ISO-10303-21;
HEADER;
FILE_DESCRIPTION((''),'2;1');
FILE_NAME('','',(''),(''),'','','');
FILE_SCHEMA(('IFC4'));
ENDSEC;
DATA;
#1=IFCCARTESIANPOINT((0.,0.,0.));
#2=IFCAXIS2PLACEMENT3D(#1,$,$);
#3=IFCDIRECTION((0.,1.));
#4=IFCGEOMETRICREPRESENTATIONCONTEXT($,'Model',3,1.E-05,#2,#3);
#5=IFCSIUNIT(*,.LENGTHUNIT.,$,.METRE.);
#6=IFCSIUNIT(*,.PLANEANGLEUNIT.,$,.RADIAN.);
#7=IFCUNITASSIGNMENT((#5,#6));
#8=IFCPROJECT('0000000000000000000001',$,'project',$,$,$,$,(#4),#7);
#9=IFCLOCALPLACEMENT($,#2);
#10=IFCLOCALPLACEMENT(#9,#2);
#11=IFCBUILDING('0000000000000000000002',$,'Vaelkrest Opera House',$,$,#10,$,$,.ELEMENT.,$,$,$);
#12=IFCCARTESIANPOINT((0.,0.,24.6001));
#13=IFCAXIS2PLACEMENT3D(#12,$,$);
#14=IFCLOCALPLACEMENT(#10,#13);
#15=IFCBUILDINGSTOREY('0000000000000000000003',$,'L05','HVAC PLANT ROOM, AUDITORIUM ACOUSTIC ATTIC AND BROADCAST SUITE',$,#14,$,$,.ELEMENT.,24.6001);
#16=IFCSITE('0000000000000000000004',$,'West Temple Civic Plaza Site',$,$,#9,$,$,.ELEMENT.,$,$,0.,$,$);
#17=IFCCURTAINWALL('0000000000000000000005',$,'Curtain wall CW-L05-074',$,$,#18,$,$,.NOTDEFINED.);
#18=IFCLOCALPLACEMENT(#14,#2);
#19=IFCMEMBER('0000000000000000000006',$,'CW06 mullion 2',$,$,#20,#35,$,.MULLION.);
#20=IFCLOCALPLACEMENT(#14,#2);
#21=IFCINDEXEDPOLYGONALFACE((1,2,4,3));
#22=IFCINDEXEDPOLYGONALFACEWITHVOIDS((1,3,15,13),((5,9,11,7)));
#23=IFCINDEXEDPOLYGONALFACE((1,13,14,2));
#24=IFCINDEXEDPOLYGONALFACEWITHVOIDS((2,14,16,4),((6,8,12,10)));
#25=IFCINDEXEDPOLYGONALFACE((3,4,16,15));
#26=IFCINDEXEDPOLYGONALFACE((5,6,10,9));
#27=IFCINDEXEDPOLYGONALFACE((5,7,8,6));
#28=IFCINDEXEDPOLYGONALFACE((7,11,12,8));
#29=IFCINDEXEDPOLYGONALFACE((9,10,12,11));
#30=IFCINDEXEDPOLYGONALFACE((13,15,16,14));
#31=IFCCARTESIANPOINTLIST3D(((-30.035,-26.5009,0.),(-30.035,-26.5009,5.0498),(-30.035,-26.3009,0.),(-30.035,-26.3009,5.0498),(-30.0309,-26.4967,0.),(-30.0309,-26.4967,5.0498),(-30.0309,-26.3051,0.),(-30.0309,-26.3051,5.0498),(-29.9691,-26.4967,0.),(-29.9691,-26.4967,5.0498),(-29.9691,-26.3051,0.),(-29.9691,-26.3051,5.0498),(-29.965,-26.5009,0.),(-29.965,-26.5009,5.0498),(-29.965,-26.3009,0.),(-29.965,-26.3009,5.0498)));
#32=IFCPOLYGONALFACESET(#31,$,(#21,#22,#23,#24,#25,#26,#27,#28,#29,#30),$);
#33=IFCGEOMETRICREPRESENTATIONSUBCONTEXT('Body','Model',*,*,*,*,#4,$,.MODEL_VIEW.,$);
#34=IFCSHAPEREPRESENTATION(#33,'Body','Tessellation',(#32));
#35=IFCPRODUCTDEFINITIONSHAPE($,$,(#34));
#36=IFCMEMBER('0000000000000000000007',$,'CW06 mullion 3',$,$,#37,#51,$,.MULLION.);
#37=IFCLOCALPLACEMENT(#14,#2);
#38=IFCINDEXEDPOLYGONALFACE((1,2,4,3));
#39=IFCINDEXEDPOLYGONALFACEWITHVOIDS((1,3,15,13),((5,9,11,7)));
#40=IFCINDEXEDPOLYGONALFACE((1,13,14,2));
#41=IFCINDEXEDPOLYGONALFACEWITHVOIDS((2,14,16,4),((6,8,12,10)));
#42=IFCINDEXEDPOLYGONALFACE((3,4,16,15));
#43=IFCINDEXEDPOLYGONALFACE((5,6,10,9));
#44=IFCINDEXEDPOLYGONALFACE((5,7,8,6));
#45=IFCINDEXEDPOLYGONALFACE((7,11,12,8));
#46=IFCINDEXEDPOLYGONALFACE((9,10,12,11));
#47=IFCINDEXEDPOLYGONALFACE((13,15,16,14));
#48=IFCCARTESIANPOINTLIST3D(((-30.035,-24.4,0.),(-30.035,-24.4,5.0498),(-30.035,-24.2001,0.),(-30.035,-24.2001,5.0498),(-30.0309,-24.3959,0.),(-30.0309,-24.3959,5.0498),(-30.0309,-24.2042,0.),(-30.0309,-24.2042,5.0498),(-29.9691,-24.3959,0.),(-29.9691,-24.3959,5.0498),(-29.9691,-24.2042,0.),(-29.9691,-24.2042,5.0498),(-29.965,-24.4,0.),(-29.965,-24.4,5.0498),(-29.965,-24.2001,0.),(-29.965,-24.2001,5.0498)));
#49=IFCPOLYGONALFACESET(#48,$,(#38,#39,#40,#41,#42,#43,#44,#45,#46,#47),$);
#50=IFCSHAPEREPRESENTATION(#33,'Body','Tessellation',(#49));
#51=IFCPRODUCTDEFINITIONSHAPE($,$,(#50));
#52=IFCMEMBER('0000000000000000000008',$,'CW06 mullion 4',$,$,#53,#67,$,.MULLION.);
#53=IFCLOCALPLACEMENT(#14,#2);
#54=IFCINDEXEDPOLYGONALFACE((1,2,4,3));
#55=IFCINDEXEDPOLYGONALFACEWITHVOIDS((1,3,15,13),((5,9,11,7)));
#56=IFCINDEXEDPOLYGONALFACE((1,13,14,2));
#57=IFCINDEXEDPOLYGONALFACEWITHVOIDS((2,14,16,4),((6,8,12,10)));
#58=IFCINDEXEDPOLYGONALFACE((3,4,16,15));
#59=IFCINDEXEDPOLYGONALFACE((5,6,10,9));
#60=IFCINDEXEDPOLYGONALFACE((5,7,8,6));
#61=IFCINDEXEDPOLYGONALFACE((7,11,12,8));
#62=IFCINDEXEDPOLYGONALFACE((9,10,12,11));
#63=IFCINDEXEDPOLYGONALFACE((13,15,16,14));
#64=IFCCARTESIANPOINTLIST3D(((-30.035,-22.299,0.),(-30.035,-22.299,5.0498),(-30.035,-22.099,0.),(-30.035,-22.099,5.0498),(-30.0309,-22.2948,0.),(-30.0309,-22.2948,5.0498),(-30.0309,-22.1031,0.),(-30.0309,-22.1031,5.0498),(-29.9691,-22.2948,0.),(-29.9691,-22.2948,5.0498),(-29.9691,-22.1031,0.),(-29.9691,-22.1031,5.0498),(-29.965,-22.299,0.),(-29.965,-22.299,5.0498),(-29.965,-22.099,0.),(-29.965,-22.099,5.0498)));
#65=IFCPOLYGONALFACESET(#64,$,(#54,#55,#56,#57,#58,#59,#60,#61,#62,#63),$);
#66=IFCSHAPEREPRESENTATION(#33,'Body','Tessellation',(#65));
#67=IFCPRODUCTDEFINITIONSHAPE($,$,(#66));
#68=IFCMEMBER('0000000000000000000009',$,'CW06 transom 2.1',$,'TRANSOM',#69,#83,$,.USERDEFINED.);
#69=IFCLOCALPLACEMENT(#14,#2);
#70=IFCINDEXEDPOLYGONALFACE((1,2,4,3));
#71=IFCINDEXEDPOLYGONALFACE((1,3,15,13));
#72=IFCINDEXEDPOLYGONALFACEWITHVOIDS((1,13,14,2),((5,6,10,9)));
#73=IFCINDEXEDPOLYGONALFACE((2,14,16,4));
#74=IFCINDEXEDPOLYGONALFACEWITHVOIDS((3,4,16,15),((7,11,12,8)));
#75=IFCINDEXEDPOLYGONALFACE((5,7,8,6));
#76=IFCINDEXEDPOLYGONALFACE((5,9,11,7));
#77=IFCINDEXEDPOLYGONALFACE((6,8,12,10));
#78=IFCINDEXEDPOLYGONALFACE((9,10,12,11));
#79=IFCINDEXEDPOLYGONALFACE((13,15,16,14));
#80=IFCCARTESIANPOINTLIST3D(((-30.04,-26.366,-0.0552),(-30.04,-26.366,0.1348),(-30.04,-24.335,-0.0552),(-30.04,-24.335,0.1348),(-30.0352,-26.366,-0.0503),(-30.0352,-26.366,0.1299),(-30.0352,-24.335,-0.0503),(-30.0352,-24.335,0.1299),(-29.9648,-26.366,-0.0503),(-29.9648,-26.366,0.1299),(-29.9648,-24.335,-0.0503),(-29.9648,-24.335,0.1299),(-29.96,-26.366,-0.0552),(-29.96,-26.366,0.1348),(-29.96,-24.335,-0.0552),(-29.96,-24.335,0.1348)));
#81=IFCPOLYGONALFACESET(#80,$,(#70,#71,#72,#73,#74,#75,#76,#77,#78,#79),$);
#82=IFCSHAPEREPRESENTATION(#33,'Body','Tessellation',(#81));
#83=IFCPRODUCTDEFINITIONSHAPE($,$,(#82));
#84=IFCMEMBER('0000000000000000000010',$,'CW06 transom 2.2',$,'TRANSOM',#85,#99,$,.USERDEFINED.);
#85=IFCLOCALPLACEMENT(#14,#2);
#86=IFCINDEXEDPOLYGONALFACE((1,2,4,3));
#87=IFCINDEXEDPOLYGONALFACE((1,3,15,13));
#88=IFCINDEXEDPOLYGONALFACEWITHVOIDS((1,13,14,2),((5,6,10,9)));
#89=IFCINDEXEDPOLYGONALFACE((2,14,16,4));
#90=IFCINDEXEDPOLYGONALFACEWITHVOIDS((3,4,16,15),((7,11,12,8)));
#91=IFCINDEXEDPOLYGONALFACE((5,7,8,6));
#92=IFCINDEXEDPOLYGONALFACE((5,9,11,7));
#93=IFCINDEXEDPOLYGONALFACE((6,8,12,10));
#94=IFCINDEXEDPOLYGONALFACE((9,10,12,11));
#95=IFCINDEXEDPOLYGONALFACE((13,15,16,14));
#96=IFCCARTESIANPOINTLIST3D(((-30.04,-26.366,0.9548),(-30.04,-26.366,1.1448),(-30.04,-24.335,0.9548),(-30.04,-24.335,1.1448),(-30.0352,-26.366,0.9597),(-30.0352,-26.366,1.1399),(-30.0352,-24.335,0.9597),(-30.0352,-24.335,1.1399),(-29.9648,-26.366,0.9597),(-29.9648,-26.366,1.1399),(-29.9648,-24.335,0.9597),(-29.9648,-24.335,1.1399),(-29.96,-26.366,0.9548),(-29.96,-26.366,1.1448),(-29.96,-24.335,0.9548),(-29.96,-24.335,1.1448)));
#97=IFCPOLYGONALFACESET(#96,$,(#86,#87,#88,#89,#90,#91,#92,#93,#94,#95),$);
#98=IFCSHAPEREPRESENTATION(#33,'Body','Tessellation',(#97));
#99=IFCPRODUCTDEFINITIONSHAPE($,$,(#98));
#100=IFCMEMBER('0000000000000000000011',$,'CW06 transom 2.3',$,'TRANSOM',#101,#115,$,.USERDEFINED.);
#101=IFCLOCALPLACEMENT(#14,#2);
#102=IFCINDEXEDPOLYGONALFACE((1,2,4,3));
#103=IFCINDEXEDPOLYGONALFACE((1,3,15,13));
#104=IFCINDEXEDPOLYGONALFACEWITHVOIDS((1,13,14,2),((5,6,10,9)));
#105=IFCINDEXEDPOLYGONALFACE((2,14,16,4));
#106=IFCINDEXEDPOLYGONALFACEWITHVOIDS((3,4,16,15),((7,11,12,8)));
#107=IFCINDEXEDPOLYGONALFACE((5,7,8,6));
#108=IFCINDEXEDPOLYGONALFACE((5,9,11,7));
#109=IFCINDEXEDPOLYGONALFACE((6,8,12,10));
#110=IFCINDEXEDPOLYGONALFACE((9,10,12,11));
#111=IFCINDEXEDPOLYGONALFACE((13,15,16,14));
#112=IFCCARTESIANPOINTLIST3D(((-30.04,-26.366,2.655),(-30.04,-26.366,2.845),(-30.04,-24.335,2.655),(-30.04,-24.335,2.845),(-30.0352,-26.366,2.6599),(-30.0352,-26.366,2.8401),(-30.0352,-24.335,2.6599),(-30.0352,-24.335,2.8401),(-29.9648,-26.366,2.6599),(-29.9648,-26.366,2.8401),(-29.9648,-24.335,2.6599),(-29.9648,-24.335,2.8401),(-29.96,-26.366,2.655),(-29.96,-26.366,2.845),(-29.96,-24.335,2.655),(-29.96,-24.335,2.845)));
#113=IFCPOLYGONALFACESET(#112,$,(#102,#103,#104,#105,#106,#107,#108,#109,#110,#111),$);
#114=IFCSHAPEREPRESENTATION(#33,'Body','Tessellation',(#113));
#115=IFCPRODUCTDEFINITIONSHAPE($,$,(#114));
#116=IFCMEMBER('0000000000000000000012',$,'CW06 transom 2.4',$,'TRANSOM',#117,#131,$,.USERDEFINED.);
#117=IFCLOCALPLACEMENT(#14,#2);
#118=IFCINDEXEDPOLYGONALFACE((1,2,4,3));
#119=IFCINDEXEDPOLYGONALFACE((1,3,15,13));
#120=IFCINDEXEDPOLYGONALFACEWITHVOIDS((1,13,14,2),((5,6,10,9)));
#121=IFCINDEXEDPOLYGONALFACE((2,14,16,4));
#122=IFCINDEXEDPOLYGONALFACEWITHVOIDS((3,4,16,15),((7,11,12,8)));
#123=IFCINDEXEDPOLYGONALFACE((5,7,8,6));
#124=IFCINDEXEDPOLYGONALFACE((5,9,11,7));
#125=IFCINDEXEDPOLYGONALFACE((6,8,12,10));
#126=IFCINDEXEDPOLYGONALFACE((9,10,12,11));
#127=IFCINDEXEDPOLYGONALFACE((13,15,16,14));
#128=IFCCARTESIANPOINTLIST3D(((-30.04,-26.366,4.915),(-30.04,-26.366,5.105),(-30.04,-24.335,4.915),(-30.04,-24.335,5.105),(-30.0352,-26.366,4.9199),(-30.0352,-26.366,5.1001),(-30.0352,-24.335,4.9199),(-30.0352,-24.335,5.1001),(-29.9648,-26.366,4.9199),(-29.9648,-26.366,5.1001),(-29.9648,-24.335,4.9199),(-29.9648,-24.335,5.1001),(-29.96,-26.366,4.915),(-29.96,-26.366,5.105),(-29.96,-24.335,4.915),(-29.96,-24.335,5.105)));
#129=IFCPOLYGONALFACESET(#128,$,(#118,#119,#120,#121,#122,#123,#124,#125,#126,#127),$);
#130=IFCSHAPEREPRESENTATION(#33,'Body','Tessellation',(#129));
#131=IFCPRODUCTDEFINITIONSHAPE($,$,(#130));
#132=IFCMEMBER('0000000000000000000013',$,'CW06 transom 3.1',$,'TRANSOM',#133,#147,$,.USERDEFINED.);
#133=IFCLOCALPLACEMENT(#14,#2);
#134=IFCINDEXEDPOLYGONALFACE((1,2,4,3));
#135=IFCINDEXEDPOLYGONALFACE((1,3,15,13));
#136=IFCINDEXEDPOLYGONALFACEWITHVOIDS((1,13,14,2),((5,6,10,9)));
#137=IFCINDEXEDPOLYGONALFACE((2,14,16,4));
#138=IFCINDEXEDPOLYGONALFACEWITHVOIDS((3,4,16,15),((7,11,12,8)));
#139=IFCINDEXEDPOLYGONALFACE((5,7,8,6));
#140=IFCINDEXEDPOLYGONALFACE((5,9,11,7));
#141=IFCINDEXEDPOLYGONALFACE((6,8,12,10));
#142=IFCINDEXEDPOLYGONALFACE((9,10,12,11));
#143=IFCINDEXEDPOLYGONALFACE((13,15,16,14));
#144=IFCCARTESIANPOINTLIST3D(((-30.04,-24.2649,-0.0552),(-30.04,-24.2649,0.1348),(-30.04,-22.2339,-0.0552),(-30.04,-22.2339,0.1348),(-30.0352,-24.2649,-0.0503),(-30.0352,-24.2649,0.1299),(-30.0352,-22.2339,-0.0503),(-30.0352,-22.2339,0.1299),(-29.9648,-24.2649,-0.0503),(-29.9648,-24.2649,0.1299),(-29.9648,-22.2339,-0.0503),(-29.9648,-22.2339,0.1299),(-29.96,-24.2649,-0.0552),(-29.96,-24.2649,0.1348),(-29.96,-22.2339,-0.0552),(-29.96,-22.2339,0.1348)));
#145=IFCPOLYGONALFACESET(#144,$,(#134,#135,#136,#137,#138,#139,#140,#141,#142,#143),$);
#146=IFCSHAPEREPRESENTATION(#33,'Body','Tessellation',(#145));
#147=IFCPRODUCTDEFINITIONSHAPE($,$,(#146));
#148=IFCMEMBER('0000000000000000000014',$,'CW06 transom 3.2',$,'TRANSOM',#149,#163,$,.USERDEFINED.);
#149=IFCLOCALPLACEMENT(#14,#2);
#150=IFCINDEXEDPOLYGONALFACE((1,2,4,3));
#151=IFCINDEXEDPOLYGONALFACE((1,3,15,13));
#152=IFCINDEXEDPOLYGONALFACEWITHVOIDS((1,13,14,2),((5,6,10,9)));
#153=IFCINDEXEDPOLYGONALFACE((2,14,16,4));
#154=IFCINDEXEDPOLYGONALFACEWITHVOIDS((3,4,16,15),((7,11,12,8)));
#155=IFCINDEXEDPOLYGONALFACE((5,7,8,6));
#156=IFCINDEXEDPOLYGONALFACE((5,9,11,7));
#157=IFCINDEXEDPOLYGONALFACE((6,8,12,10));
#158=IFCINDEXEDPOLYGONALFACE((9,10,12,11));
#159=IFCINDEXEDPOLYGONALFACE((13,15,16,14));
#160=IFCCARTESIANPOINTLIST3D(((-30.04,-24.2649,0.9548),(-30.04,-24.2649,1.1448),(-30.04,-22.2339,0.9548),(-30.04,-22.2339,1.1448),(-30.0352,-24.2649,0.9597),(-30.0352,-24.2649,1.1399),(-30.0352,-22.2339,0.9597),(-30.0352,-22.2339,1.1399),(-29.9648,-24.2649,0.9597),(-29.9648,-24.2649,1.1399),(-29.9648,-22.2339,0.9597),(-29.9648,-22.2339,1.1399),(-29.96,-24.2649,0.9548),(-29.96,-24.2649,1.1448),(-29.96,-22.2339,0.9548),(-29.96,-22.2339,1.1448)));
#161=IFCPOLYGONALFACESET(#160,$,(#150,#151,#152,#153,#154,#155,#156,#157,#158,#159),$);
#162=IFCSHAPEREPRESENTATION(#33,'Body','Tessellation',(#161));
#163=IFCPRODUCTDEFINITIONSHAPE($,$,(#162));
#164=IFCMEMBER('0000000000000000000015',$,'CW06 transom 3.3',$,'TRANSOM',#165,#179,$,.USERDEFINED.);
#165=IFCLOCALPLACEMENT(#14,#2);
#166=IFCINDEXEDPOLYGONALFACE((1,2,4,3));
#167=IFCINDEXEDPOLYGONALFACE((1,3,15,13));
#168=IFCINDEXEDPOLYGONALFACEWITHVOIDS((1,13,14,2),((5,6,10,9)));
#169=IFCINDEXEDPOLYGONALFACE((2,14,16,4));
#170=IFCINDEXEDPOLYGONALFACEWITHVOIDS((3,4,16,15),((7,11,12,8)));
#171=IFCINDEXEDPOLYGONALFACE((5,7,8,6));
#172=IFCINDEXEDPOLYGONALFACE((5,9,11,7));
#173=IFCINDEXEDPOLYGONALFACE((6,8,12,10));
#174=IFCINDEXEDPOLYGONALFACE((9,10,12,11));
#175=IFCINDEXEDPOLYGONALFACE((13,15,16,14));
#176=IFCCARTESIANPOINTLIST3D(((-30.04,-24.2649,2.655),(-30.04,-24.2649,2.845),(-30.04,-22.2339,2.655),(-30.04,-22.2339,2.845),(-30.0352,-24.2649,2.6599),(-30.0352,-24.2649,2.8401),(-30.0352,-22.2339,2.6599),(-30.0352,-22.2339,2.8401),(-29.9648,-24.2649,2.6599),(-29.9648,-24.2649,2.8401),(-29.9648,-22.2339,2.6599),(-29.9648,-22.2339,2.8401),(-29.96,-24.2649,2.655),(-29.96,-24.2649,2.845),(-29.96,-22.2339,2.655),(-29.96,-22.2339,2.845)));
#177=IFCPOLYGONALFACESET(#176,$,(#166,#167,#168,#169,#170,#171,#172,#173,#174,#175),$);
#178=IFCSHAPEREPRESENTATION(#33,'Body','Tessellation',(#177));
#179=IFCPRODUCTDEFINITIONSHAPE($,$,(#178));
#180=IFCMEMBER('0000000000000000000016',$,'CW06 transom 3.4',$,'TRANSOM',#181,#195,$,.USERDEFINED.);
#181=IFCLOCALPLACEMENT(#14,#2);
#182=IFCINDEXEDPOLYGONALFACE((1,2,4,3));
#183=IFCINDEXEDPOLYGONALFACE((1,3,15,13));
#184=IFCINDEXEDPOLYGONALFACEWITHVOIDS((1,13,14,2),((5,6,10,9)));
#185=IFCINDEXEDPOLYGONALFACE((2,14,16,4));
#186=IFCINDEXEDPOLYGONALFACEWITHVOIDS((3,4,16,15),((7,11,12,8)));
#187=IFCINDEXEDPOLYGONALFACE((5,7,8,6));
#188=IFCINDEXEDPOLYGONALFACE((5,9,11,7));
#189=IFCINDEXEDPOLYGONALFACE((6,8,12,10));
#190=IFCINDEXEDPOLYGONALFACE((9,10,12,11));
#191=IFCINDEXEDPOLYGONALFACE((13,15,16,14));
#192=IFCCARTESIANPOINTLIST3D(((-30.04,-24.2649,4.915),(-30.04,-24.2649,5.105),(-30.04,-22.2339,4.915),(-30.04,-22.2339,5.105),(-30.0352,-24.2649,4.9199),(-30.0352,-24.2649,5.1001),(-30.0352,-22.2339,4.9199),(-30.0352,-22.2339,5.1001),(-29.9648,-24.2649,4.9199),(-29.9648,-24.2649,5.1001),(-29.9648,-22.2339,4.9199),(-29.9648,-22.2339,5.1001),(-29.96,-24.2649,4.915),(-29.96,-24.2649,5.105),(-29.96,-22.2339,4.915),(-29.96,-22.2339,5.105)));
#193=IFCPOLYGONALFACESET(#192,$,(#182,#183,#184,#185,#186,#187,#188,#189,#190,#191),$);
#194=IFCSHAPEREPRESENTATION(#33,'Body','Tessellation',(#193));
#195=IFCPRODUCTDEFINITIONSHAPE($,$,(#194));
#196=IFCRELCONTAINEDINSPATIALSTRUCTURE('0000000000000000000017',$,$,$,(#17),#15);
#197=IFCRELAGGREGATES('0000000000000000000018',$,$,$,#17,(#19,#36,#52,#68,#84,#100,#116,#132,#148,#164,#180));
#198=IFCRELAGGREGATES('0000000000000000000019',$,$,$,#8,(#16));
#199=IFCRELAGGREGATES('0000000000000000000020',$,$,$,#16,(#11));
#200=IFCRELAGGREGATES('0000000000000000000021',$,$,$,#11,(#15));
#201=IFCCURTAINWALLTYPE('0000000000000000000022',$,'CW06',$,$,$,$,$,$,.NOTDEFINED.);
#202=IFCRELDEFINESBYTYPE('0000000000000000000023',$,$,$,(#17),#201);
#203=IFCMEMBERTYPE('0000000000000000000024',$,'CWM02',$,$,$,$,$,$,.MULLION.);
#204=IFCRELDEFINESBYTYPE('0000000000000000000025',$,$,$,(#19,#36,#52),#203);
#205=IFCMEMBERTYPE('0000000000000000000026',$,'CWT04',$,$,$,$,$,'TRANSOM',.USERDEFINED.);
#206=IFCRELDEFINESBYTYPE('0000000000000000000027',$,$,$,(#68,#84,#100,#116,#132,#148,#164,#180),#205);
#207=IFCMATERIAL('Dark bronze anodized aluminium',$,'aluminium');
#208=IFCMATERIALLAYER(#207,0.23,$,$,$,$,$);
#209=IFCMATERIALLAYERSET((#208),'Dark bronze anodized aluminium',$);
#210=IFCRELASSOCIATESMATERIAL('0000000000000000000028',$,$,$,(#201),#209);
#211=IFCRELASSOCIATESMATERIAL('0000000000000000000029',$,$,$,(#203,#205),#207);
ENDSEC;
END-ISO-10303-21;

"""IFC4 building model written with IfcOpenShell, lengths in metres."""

from ifc_helpers import new_model, si_unit, direction, frame, origin, origin_2d, place, context, subcontext, project, spatial, hollow_rectangle, extrude, material, layer, layer_set, material_profile, profile_set, type_object, element, aggregate, save


model = new_model("IFC4")

# Units and contexts
model_context = context("Model", 3, precision=1e-05, world=origin(), true_north=direction((0.0, 1.0)))
body_context = subcontext(model_context, "Body", "Model", "MODEL_VIEW")
ifc_project = project(units=[si_unit("LENGTHUNIT", "METRE"), si_unit("PLANEANGLEUNIT", "RADIAN")], contexts=[model_context])

# Site, building, storey
site_placement = place(None, origin())
site = spatial("IfcSite", under=ifc_project, at=site_placement, Name="West Temple Civic Plaza Site", CompositionType="ELEMENT", RefElevation=0.0)
building_placement = place(site_placement, origin())
building = spatial("IfcBuilding", under=site, at=building_placement, Name="Vaelkrest Opera House", CompositionType="ELEMENT")
storey_placement = place(building_placement, frame((0.0, 0.0, 24.6001)))
storey = spatial("IfcBuildingStorey", under=building, at=storey_placement, Name="L05", Description="HVAC PLANT ROOM, AUDITORIUM ACOUSTIC ATTIC AND BROADCAST SUITE", CompositionType="ELEMENT", Elevation=24.6001)

# Curtain wall, members
ifc_material_1 = material(Name="Dark bronze anodized aluminium", Category="aluminium")
ifc_layer_1 = layer(ifc_material_1, 0.23)
ifc_layer_set_1 = layer_set([ifc_layer_1], Name="Dark bronze anodized aluminium")
curtain_wall_type = type_object("IfcCurtainWallType", Name="CW06", PredefinedType="NOTDEFINED", material=ifc_layer_set_1)
curtain_wall_placement = place(storey_placement, origin())
curtain_wall = element("IfcCurtainWall", 1, at=curtain_wall_placement, inside=storey, type_object=curtain_wall_type, Name="Curtain wall CW-L05-074", PredefinedType="NOTDEFINED")
ifc_material_profile_1 = material_profile(ifc_material_1, hollow_rectangle(XDim=0.0701, YDim=0.2, WallThickness=0.0042, at=origin_2d()), Name="CWM70X200")
ifc_profile_set_1 = profile_set([ifc_material_profile_1], Name="Dark bronze anodized aluminium")
member_type_1 = type_object("IfcMemberType", Name="CWM02", PredefinedType="MULLION", material=ifc_profile_set_1)
member_1_placement = place(storey_placement, frame((-30.0, -26.4009, 0.0), z_axis=(0.0, 0.0, 1.0), x_axis=(-1.0, 0.0, 0.0)))
member_1 = element("IfcMember", 2, at=member_1_placement, type_object=member_type_1, Name="CW06 mullion 2", PredefinedType="MULLION", context=body_context, shape_type="SweptSolid", body=[
    extrude(hollow_rectangle(XDim=0.0701, YDim=0.2, WallThickness=0.0042, at=origin_2d()), origin(), (0.0, 0.0, 1.0), 5.0498),
])
member_2_placement = place(storey_placement, frame((-30.0, -24.3, 0.0), z_axis=(0.0, 0.0, 1.0), x_axis=(-1.0, 0.0, 0.0)))
member_2 = element("IfcMember", 3, at=member_2_placement, type_object=member_type_1, Name="CW06 mullion 3", PredefinedType="MULLION", context=body_context, shape_type="SweptSolid", body=[
    extrude(hollow_rectangle(XDim=0.0701, YDim=0.2, WallThickness=0.0042, at=origin_2d()), origin(), (0.0, 0.0, 1.0), 5.0498),
])
member_3_placement = place(storey_placement, frame((-30.0, -22.199, 0.0), z_axis=(0.0, 0.0, 1.0), x_axis=(-1.0, 0.0, 0.0)))
member_3 = element("IfcMember", 4, at=member_3_placement, type_object=member_type_1, Name="CW06 mullion 4", PredefinedType="MULLION", context=body_context, shape_type="SweptSolid", body=[
    extrude(hollow_rectangle(XDim=0.0701, YDim=0.2, WallThickness=0.0042, at=origin_2d()), origin(), (0.0, 0.0, 1.0), 5.0498),
])
ifc_material_profile_2 = material_profile(ifc_material_1, hollow_rectangle(XDim=0.0801, YDim=0.1899, WallThickness=0.0049, at=origin_2d()), Name="CWT80X190")
ifc_profile_set_2 = profile_set([ifc_material_profile_2], Name="Dark bronze anodized aluminium")
member_type_2 = type_object("IfcMemberType", Name="CWT04", ElementType="TRANSOM", PredefinedType="USERDEFINED", material=ifc_profile_set_2)
member_4_placement = place(storey_placement, frame((-30.0, -26.366, 0.0398), z_axis=(0.0, 1.0, 0.0), x_axis=(-1.0, 0.0, 0.0)))
member_4 = element("IfcMember", 5, at=member_4_placement, type_object=member_type_2, Name="CW06 transom 2.1", ObjectType="TRANSOM", PredefinedType="USERDEFINED", context=body_context, shape_type="SweptSolid", body=[
    extrude(hollow_rectangle(XDim=0.0801, YDim=0.1899, WallThickness=0.0049, at=origin_2d()), origin(), (0.0, 0.0, 1.0), 2.031),
])
member_5_placement = place(storey_placement, frame((-30.0, -26.366, 1.0498), z_axis=(0.0, 1.0, 0.0), x_axis=(-1.0, 0.0, 0.0)))
member_5 = element("IfcMember", 6, at=member_5_placement, type_object=member_type_2, Name="CW06 transom 2.2", ObjectType="TRANSOM", PredefinedType="USERDEFINED", context=body_context, shape_type="SweptSolid", body=[
    extrude(hollow_rectangle(XDim=0.0801, YDim=0.1899, WallThickness=0.0049, at=origin_2d()), origin(), (0.0, 0.0, 1.0), 2.031),
])
member_6_placement = place(storey_placement, frame((-30.0, -26.366, 2.75), z_axis=(0.0, 1.0, 0.0), x_axis=(-1.0, 0.0, 0.0)))
member_6 = element("IfcMember", 7, at=member_6_placement, type_object=member_type_2, Name="CW06 transom 2.3", ObjectType="TRANSOM", PredefinedType="USERDEFINED", context=body_context, shape_type="SweptSolid", body=[
    extrude(hollow_rectangle(XDim=0.0801, YDim=0.1899, WallThickness=0.0049, at=origin_2d()), origin(), (0.0, 0.0, 1.0), 2.031),
])
member_7_placement = place(storey_placement, frame((-30.0, -26.366, 5.01), z_axis=(0.0, 1.0, 0.0), x_axis=(-1.0, 0.0, 0.0)))
member_7 = element("IfcMember", 8, at=member_7_placement, type_object=member_type_2, Name="CW06 transom 2.4", ObjectType="TRANSOM", PredefinedType="USERDEFINED", context=body_context, shape_type="SweptSolid", body=[
    extrude(hollow_rectangle(XDim=0.0801, YDim=0.1899, WallThickness=0.0049, at=origin_2d()), origin(), (0.0, 0.0, 1.0), 2.031),
])
member_8_placement = place(storey_placement, frame((-30.0, -24.2649, 0.0398), z_axis=(0.0, 1.0, 0.0), x_axis=(-1.0, 0.0, 0.0)))
member_8 = element("IfcMember", 9, at=member_8_placement, type_object=member_type_2, Name="CW06 transom 3.1", ObjectType="TRANSOM", PredefinedType="USERDEFINED", context=body_context, shape_type="SweptSolid", body=[
    extrude(hollow_rectangle(XDim=0.0801, YDim=0.1899, WallThickness=0.0049, at=origin_2d()), origin(), (0.0, 0.0, 1.0), 2.031),
])
member_9_placement = place(storey_placement, frame((-30.0, -24.2649, 1.0498), z_axis=(0.0, 1.0, 0.0), x_axis=(-1.0, 0.0, 0.0)))
member_9 = element("IfcMember", 10, at=member_9_placement, type_object=member_type_2, Name="CW06 transom 3.2", ObjectType="TRANSOM", PredefinedType="USERDEFINED", context=body_context, shape_type="SweptSolid", body=[
    extrude(hollow_rectangle(XDim=0.0801, YDim=0.1899, WallThickness=0.0049, at=origin_2d()), origin(), (0.0, 0.0, 1.0), 2.031),
])
member_10_placement = place(storey_placement, frame((-30.0, -24.2649, 2.75), z_axis=(0.0, 1.0, 0.0), x_axis=(-1.0, 0.0, 0.0)))
member_10 = element("IfcMember", 11, at=member_10_placement, type_object=member_type_2, Name="CW06 transom 3.3", ObjectType="TRANSOM", PredefinedType="USERDEFINED", context=body_context, shape_type="SweptSolid", body=[
    extrude(hollow_rectangle(XDim=0.0801, YDim=0.1899, WallThickness=0.0049, at=origin_2d()), origin(), (0.0, 0.0, 1.0), 2.031),
])
member_11_placement = place(storey_placement, frame((-30.0, -24.2649, 5.01), z_axis=(0.0, 1.0, 0.0), x_axis=(-1.0, 0.0, 0.0)))
member_11 = element("IfcMember", 12, at=member_11_placement, type_object=member_type_2, Name="CW06 transom 3.4", ObjectType="TRANSOM", PredefinedType="USERDEFINED", context=body_context, shape_type="SweptSolid", body=[
    extrude(hollow_rectangle(XDim=0.0801, YDim=0.1899, WallThickness=0.0049, at=origin_2d()), origin(), (0.0, 0.0, 1.0), 2.031),
])
aggregate(curtain_wall, [member_1, member_2, member_3, member_4, member_5, member_6, member_7, member_8, member_9, member_10, member_11])

save(model, "model.ifc")
